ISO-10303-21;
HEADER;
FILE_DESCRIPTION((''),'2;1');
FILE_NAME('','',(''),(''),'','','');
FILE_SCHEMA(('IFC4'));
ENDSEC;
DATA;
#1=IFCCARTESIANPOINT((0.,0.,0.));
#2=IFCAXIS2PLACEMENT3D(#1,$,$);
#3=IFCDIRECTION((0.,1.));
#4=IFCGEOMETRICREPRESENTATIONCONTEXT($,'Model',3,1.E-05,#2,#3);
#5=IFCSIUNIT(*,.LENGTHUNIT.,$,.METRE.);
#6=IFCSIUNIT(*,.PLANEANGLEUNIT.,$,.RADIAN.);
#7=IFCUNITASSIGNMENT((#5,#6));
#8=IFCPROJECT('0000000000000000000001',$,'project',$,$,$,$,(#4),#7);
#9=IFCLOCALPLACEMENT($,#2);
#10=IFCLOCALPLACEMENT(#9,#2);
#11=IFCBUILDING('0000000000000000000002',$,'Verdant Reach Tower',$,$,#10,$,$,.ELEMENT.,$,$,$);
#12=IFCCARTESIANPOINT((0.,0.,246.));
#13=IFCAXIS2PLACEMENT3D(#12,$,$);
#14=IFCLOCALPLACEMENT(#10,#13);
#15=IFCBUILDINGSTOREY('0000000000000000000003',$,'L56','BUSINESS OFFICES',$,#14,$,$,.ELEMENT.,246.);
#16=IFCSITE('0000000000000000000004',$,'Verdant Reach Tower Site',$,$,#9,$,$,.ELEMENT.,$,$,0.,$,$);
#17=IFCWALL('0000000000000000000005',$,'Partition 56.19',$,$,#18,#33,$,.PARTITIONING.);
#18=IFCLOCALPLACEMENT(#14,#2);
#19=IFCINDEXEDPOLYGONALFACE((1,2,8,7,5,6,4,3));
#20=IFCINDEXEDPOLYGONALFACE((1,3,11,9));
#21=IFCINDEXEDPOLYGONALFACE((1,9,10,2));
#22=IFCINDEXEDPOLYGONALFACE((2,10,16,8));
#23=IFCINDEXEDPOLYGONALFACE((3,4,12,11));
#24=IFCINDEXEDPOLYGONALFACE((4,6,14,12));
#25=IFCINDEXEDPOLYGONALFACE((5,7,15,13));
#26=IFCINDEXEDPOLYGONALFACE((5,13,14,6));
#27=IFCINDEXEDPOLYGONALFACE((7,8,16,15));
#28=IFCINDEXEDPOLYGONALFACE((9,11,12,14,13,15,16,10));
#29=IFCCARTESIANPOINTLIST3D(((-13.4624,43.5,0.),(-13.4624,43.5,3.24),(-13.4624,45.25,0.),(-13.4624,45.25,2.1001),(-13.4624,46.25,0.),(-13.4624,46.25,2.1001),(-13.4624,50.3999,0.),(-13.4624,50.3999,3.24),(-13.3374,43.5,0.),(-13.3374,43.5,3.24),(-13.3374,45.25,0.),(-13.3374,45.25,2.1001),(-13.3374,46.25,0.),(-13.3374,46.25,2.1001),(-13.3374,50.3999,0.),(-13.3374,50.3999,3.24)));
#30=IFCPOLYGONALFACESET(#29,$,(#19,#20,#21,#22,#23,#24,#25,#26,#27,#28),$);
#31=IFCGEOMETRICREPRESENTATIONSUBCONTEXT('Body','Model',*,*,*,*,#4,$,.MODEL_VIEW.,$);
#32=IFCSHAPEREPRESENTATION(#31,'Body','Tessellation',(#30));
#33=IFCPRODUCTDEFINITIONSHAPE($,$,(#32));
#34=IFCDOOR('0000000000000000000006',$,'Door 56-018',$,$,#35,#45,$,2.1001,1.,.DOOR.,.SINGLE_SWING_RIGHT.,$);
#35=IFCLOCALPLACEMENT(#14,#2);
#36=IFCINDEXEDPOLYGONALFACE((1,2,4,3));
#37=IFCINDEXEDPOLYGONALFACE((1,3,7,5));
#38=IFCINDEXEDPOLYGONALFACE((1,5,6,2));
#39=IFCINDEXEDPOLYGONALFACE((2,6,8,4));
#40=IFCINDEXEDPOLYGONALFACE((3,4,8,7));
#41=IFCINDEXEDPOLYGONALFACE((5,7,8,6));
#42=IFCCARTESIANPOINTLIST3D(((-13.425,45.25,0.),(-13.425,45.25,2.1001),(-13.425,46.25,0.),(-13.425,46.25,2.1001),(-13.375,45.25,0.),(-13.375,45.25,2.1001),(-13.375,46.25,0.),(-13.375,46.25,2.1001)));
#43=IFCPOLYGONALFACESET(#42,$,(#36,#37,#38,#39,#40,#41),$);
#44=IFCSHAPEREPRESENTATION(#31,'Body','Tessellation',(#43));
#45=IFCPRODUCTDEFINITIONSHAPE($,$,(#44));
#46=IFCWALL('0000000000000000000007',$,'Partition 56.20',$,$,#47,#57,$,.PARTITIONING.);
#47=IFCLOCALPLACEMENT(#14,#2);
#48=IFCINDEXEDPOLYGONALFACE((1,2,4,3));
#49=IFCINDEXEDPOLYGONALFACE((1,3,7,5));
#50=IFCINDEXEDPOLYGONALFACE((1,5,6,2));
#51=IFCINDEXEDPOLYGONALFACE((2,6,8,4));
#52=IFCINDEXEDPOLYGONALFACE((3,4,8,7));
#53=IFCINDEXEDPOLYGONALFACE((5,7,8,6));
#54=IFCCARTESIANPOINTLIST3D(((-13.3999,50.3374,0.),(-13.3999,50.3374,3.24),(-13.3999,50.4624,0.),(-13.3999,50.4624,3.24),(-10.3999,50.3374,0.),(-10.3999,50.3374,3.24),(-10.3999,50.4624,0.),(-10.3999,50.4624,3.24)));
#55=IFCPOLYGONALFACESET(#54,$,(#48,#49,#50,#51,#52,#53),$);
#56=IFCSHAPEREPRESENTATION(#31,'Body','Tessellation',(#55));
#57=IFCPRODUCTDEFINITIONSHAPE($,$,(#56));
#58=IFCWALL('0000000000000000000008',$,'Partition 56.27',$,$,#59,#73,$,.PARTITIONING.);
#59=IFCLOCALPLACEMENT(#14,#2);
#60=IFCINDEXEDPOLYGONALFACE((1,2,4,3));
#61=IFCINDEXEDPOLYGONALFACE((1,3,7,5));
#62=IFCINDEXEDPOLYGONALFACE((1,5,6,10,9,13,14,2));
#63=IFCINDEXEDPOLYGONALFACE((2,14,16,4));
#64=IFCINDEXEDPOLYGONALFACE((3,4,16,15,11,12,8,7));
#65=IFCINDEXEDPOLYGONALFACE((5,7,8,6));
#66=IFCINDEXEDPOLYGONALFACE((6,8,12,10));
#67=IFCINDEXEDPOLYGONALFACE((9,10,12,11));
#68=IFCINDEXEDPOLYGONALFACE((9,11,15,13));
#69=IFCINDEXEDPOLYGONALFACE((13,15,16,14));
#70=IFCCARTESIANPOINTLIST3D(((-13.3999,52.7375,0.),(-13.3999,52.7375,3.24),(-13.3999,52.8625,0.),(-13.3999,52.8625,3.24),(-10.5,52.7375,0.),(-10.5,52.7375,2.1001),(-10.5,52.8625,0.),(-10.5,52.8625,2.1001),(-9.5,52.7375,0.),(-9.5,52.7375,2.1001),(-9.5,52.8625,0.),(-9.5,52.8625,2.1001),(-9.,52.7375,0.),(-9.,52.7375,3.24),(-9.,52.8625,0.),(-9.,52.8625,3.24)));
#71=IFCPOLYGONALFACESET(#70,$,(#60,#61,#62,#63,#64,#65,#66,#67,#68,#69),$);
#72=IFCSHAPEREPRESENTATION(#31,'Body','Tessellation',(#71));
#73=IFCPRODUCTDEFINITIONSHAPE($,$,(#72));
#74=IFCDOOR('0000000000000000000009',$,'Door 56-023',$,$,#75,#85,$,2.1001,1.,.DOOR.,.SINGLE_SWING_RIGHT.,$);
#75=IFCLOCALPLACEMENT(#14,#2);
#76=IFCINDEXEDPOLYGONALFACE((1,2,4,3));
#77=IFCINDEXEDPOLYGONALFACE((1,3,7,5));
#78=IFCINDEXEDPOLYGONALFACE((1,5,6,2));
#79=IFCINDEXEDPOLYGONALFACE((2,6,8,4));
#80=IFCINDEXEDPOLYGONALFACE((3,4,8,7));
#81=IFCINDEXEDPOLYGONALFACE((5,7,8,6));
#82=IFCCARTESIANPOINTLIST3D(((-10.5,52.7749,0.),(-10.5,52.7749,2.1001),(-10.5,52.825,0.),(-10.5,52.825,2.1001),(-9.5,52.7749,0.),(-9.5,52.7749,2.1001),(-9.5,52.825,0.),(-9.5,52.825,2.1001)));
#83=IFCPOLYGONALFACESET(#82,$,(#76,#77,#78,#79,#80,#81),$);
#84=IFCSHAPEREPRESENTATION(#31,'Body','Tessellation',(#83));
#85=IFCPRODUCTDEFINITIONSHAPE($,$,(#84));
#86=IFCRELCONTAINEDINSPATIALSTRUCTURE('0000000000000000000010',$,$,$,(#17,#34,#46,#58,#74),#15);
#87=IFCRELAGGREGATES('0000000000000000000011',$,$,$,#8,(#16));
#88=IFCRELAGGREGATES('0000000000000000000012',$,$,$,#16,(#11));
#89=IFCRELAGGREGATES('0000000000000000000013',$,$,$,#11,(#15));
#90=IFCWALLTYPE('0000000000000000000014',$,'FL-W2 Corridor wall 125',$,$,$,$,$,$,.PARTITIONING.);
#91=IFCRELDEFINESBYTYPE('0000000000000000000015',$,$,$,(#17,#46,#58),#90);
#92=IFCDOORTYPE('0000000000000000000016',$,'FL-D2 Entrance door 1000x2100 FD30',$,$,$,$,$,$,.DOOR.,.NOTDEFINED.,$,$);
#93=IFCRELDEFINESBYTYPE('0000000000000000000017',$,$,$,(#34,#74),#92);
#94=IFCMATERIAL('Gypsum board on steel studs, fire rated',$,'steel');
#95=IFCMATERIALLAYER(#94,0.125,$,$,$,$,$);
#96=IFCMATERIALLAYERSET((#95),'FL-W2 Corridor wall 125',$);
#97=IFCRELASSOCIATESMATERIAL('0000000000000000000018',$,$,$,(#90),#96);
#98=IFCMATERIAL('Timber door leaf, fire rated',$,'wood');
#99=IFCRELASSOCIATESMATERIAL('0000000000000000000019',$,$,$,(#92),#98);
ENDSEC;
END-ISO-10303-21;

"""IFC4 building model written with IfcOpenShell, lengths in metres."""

from ifc_helpers import new_model, si_unit, direction, frame, frame_2d, origin, place, context, subcontext, project, spatial, rectangle, extrude, material, layer, layer_set, type_object, element, fill, save


model = new_model("IFC4")

# Units and contexts
model_context = context("Model", 3, precision=1e-05, world=origin(), true_north=direction((0.0, 1.0)))
body_context = subcontext(model_context, "Body", "Model", "MODEL_VIEW")
ifc_project = project(units=[si_unit("LENGTHUNIT", "METRE"), si_unit("PLANEANGLEUNIT", "RADIAN")], contexts=[model_context])

# Site, building, storey
site_placement = place(None, origin())
site = spatial("IfcSite", under=ifc_project, at=site_placement, Name="Verdant Reach Tower Site", CompositionType="ELEMENT", RefElevation=0.0)
building_placement = place(site_placement, origin())
building = spatial("IfcBuilding", under=site, at=building_placement, Name="Verdant Reach Tower", CompositionType="ELEMENT")
storey_placement = place(building_placement, frame((0.0, 0.0, 246.0)))
storey = spatial("IfcBuildingStorey", under=building, at=storey_placement, Name="L56", Description="BUSINESS OFFICES", CompositionType="ELEMENT", Elevation=246.0)

# Wall, opening, door
ifc_material_1 = material(Name="Gypsum board on steel studs, fire rated", Category="steel")
ifc_layer_1 = layer(ifc_material_1, 0.125)
ifc_layer_set_1 = layer_set([ifc_layer_1], Name="FL-W2 Corridor wall 125")
wall_type_1 = type_object("IfcWallType", Name="FL-W2 Corridor wall 125", PredefinedType="PARTITIONING", material=ifc_layer_set_1)
wall_1_placement = place(storey_placement, frame((-13.3999, 50.3999, 0.0), z_axis=(0.0, 0.0, 1.0), x_axis=(0.0, -1.0, 0.0)))
wall_1 = element("IfcWall", 1, at=wall_1_placement, inside=storey, type_object=wall_type_1, Name="Partition 56.19", PredefinedType="PARTITIONING", context=body_context, shape_type="SweptSolid", body=[
    extrude(rectangle(XDim=6.8999, YDim=0.125, at=frame_2d((3.45, 0.0))), origin(), (0.0, 0.0, 1.0), 3.24),
])
opening_1_placement = place(wall_1_placement, frame((4.1499, 0.0, 0.0)))
opening_1 = element("IfcOpeningElement", 2, at=opening_1_placement, cuts=wall_1, PredefinedType="OPENING", context=body_context, shape_type="SweptSolid", body=[
    extrude(rectangle(XDim=1.0, YDim=2.1001, at=frame_2d((0.5, 1.05))), frame((0.0, 0.0725, 0.0), z_axis=(0.0, -1.0, 0.0), x_axis=(1.0, 0.0, 0.0)), (0.0, 0.0, 1.0), 0.145),
])
ifc_material_2 = material(Name="Timber door leaf, fire rated", Category="wood")
door_type_1 = type_object("IfcDoorType", Name="FL-D2 Entrance door 1000x2100 FD30", OperationType="NOTDEFINED", PredefinedType="DOOR", material=ifc_material_2)
door_1_placement = place(opening_1_placement, origin())
door_1 = element("IfcDoor", 3, at=door_1_placement, inside=storey, type_object=door_type_1, Name="Door 56-018", OperationType="SINGLE_SWING_RIGHT", OverallHeight=2.1001, OverallWidth=1.0, PredefinedType="DOOR", context=body_context, shape_type="SweptSolid", body=[
    extrude(rectangle(XDim=1.0, YDim=2.1001, at=frame_2d((0.5, 1.05))), frame((0.0, 0.0249, 0.0), z_axis=(0.0, -1.0, 0.0), x_axis=(1.0, 0.0, 0.0)), (0.0, 0.0, 1.0), 0.05),
])
fill(opening_1, door_1)

# Wall
wall_2_placement = place(storey_placement, frame((-10.3999, 50.3999, 0.0), z_axis=(0.0, 0.0, 1.0), x_axis=(-1.0, 0.0, 0.0)))
element("IfcWall", 4, at=wall_2_placement, inside=storey, type_object=wall_type_1, Name="Partition 56.20", PredefinedType="PARTITIONING", context=body_context, shape_type="SweptSolid", body=[
    extrude(rectangle(XDim=3.0, YDim=0.125, at=frame_2d((1.5, 0.0))), origin(), (0.0, 0.0, 1.0), 3.24),
])

# Wall, opening, door
wall_3_placement = place(storey_placement, frame((-13.3999, 52.8, 0.0), z_axis=(0.0, 0.0, 1.0), x_axis=(1.0, 0.0, 0.0)))
wall_3 = element("IfcWall", 5, at=wall_3_placement, inside=storey, type_object=wall_type_1, Name="Partition 56.27", PredefinedType="PARTITIONING", context=body_context, shape_type="SweptSolid", body=[
    extrude(rectangle(XDim=4.3999, YDim=0.125, at=frame_2d((2.2, 0.0))), origin(), (0.0, 0.0, 1.0), 3.24),
])
opening_2_placement = place(wall_3_placement, frame((2.8999, 0.0, 0.0)))
opening_2 = element("IfcOpeningElement", 6, at=opening_2_placement, cuts=wall_3, PredefinedType="OPENING", context=body_context, shape_type="SweptSolid", body=[
    extrude(rectangle(XDim=1.0, YDim=2.1001, at=frame_2d((0.5, 1.05))), frame((0.0, 0.0725, 0.0), z_axis=(0.0, -1.0, 0.0), x_axis=(1.0, 0.0, 0.0)), (0.0, 0.0, 1.0), 0.145),
])
door_2_placement = place(opening_2_placement, origin())
door_2 = element("IfcDoor", 7, at=door_2_placement, inside=storey, type_object=door_type_1, Name="Door 56-023", OperationType="SINGLE_SWING_RIGHT", OverallHeight=2.1001, OverallWidth=1.0, PredefinedType="DOOR", context=body_context, shape_type="SweptSolid", body=[
    extrude(rectangle(XDim=1.0, YDim=2.1001, at=frame_2d((0.5, 1.05))), frame((0.0, 0.0249, 0.0), z_axis=(0.0, -1.0, 0.0), x_axis=(1.0, 0.0, 0.0)), (0.0, 0.0, 1.0), 0.05),
])
fill(opening_2, door_2)

save(model, "model.ifc")
